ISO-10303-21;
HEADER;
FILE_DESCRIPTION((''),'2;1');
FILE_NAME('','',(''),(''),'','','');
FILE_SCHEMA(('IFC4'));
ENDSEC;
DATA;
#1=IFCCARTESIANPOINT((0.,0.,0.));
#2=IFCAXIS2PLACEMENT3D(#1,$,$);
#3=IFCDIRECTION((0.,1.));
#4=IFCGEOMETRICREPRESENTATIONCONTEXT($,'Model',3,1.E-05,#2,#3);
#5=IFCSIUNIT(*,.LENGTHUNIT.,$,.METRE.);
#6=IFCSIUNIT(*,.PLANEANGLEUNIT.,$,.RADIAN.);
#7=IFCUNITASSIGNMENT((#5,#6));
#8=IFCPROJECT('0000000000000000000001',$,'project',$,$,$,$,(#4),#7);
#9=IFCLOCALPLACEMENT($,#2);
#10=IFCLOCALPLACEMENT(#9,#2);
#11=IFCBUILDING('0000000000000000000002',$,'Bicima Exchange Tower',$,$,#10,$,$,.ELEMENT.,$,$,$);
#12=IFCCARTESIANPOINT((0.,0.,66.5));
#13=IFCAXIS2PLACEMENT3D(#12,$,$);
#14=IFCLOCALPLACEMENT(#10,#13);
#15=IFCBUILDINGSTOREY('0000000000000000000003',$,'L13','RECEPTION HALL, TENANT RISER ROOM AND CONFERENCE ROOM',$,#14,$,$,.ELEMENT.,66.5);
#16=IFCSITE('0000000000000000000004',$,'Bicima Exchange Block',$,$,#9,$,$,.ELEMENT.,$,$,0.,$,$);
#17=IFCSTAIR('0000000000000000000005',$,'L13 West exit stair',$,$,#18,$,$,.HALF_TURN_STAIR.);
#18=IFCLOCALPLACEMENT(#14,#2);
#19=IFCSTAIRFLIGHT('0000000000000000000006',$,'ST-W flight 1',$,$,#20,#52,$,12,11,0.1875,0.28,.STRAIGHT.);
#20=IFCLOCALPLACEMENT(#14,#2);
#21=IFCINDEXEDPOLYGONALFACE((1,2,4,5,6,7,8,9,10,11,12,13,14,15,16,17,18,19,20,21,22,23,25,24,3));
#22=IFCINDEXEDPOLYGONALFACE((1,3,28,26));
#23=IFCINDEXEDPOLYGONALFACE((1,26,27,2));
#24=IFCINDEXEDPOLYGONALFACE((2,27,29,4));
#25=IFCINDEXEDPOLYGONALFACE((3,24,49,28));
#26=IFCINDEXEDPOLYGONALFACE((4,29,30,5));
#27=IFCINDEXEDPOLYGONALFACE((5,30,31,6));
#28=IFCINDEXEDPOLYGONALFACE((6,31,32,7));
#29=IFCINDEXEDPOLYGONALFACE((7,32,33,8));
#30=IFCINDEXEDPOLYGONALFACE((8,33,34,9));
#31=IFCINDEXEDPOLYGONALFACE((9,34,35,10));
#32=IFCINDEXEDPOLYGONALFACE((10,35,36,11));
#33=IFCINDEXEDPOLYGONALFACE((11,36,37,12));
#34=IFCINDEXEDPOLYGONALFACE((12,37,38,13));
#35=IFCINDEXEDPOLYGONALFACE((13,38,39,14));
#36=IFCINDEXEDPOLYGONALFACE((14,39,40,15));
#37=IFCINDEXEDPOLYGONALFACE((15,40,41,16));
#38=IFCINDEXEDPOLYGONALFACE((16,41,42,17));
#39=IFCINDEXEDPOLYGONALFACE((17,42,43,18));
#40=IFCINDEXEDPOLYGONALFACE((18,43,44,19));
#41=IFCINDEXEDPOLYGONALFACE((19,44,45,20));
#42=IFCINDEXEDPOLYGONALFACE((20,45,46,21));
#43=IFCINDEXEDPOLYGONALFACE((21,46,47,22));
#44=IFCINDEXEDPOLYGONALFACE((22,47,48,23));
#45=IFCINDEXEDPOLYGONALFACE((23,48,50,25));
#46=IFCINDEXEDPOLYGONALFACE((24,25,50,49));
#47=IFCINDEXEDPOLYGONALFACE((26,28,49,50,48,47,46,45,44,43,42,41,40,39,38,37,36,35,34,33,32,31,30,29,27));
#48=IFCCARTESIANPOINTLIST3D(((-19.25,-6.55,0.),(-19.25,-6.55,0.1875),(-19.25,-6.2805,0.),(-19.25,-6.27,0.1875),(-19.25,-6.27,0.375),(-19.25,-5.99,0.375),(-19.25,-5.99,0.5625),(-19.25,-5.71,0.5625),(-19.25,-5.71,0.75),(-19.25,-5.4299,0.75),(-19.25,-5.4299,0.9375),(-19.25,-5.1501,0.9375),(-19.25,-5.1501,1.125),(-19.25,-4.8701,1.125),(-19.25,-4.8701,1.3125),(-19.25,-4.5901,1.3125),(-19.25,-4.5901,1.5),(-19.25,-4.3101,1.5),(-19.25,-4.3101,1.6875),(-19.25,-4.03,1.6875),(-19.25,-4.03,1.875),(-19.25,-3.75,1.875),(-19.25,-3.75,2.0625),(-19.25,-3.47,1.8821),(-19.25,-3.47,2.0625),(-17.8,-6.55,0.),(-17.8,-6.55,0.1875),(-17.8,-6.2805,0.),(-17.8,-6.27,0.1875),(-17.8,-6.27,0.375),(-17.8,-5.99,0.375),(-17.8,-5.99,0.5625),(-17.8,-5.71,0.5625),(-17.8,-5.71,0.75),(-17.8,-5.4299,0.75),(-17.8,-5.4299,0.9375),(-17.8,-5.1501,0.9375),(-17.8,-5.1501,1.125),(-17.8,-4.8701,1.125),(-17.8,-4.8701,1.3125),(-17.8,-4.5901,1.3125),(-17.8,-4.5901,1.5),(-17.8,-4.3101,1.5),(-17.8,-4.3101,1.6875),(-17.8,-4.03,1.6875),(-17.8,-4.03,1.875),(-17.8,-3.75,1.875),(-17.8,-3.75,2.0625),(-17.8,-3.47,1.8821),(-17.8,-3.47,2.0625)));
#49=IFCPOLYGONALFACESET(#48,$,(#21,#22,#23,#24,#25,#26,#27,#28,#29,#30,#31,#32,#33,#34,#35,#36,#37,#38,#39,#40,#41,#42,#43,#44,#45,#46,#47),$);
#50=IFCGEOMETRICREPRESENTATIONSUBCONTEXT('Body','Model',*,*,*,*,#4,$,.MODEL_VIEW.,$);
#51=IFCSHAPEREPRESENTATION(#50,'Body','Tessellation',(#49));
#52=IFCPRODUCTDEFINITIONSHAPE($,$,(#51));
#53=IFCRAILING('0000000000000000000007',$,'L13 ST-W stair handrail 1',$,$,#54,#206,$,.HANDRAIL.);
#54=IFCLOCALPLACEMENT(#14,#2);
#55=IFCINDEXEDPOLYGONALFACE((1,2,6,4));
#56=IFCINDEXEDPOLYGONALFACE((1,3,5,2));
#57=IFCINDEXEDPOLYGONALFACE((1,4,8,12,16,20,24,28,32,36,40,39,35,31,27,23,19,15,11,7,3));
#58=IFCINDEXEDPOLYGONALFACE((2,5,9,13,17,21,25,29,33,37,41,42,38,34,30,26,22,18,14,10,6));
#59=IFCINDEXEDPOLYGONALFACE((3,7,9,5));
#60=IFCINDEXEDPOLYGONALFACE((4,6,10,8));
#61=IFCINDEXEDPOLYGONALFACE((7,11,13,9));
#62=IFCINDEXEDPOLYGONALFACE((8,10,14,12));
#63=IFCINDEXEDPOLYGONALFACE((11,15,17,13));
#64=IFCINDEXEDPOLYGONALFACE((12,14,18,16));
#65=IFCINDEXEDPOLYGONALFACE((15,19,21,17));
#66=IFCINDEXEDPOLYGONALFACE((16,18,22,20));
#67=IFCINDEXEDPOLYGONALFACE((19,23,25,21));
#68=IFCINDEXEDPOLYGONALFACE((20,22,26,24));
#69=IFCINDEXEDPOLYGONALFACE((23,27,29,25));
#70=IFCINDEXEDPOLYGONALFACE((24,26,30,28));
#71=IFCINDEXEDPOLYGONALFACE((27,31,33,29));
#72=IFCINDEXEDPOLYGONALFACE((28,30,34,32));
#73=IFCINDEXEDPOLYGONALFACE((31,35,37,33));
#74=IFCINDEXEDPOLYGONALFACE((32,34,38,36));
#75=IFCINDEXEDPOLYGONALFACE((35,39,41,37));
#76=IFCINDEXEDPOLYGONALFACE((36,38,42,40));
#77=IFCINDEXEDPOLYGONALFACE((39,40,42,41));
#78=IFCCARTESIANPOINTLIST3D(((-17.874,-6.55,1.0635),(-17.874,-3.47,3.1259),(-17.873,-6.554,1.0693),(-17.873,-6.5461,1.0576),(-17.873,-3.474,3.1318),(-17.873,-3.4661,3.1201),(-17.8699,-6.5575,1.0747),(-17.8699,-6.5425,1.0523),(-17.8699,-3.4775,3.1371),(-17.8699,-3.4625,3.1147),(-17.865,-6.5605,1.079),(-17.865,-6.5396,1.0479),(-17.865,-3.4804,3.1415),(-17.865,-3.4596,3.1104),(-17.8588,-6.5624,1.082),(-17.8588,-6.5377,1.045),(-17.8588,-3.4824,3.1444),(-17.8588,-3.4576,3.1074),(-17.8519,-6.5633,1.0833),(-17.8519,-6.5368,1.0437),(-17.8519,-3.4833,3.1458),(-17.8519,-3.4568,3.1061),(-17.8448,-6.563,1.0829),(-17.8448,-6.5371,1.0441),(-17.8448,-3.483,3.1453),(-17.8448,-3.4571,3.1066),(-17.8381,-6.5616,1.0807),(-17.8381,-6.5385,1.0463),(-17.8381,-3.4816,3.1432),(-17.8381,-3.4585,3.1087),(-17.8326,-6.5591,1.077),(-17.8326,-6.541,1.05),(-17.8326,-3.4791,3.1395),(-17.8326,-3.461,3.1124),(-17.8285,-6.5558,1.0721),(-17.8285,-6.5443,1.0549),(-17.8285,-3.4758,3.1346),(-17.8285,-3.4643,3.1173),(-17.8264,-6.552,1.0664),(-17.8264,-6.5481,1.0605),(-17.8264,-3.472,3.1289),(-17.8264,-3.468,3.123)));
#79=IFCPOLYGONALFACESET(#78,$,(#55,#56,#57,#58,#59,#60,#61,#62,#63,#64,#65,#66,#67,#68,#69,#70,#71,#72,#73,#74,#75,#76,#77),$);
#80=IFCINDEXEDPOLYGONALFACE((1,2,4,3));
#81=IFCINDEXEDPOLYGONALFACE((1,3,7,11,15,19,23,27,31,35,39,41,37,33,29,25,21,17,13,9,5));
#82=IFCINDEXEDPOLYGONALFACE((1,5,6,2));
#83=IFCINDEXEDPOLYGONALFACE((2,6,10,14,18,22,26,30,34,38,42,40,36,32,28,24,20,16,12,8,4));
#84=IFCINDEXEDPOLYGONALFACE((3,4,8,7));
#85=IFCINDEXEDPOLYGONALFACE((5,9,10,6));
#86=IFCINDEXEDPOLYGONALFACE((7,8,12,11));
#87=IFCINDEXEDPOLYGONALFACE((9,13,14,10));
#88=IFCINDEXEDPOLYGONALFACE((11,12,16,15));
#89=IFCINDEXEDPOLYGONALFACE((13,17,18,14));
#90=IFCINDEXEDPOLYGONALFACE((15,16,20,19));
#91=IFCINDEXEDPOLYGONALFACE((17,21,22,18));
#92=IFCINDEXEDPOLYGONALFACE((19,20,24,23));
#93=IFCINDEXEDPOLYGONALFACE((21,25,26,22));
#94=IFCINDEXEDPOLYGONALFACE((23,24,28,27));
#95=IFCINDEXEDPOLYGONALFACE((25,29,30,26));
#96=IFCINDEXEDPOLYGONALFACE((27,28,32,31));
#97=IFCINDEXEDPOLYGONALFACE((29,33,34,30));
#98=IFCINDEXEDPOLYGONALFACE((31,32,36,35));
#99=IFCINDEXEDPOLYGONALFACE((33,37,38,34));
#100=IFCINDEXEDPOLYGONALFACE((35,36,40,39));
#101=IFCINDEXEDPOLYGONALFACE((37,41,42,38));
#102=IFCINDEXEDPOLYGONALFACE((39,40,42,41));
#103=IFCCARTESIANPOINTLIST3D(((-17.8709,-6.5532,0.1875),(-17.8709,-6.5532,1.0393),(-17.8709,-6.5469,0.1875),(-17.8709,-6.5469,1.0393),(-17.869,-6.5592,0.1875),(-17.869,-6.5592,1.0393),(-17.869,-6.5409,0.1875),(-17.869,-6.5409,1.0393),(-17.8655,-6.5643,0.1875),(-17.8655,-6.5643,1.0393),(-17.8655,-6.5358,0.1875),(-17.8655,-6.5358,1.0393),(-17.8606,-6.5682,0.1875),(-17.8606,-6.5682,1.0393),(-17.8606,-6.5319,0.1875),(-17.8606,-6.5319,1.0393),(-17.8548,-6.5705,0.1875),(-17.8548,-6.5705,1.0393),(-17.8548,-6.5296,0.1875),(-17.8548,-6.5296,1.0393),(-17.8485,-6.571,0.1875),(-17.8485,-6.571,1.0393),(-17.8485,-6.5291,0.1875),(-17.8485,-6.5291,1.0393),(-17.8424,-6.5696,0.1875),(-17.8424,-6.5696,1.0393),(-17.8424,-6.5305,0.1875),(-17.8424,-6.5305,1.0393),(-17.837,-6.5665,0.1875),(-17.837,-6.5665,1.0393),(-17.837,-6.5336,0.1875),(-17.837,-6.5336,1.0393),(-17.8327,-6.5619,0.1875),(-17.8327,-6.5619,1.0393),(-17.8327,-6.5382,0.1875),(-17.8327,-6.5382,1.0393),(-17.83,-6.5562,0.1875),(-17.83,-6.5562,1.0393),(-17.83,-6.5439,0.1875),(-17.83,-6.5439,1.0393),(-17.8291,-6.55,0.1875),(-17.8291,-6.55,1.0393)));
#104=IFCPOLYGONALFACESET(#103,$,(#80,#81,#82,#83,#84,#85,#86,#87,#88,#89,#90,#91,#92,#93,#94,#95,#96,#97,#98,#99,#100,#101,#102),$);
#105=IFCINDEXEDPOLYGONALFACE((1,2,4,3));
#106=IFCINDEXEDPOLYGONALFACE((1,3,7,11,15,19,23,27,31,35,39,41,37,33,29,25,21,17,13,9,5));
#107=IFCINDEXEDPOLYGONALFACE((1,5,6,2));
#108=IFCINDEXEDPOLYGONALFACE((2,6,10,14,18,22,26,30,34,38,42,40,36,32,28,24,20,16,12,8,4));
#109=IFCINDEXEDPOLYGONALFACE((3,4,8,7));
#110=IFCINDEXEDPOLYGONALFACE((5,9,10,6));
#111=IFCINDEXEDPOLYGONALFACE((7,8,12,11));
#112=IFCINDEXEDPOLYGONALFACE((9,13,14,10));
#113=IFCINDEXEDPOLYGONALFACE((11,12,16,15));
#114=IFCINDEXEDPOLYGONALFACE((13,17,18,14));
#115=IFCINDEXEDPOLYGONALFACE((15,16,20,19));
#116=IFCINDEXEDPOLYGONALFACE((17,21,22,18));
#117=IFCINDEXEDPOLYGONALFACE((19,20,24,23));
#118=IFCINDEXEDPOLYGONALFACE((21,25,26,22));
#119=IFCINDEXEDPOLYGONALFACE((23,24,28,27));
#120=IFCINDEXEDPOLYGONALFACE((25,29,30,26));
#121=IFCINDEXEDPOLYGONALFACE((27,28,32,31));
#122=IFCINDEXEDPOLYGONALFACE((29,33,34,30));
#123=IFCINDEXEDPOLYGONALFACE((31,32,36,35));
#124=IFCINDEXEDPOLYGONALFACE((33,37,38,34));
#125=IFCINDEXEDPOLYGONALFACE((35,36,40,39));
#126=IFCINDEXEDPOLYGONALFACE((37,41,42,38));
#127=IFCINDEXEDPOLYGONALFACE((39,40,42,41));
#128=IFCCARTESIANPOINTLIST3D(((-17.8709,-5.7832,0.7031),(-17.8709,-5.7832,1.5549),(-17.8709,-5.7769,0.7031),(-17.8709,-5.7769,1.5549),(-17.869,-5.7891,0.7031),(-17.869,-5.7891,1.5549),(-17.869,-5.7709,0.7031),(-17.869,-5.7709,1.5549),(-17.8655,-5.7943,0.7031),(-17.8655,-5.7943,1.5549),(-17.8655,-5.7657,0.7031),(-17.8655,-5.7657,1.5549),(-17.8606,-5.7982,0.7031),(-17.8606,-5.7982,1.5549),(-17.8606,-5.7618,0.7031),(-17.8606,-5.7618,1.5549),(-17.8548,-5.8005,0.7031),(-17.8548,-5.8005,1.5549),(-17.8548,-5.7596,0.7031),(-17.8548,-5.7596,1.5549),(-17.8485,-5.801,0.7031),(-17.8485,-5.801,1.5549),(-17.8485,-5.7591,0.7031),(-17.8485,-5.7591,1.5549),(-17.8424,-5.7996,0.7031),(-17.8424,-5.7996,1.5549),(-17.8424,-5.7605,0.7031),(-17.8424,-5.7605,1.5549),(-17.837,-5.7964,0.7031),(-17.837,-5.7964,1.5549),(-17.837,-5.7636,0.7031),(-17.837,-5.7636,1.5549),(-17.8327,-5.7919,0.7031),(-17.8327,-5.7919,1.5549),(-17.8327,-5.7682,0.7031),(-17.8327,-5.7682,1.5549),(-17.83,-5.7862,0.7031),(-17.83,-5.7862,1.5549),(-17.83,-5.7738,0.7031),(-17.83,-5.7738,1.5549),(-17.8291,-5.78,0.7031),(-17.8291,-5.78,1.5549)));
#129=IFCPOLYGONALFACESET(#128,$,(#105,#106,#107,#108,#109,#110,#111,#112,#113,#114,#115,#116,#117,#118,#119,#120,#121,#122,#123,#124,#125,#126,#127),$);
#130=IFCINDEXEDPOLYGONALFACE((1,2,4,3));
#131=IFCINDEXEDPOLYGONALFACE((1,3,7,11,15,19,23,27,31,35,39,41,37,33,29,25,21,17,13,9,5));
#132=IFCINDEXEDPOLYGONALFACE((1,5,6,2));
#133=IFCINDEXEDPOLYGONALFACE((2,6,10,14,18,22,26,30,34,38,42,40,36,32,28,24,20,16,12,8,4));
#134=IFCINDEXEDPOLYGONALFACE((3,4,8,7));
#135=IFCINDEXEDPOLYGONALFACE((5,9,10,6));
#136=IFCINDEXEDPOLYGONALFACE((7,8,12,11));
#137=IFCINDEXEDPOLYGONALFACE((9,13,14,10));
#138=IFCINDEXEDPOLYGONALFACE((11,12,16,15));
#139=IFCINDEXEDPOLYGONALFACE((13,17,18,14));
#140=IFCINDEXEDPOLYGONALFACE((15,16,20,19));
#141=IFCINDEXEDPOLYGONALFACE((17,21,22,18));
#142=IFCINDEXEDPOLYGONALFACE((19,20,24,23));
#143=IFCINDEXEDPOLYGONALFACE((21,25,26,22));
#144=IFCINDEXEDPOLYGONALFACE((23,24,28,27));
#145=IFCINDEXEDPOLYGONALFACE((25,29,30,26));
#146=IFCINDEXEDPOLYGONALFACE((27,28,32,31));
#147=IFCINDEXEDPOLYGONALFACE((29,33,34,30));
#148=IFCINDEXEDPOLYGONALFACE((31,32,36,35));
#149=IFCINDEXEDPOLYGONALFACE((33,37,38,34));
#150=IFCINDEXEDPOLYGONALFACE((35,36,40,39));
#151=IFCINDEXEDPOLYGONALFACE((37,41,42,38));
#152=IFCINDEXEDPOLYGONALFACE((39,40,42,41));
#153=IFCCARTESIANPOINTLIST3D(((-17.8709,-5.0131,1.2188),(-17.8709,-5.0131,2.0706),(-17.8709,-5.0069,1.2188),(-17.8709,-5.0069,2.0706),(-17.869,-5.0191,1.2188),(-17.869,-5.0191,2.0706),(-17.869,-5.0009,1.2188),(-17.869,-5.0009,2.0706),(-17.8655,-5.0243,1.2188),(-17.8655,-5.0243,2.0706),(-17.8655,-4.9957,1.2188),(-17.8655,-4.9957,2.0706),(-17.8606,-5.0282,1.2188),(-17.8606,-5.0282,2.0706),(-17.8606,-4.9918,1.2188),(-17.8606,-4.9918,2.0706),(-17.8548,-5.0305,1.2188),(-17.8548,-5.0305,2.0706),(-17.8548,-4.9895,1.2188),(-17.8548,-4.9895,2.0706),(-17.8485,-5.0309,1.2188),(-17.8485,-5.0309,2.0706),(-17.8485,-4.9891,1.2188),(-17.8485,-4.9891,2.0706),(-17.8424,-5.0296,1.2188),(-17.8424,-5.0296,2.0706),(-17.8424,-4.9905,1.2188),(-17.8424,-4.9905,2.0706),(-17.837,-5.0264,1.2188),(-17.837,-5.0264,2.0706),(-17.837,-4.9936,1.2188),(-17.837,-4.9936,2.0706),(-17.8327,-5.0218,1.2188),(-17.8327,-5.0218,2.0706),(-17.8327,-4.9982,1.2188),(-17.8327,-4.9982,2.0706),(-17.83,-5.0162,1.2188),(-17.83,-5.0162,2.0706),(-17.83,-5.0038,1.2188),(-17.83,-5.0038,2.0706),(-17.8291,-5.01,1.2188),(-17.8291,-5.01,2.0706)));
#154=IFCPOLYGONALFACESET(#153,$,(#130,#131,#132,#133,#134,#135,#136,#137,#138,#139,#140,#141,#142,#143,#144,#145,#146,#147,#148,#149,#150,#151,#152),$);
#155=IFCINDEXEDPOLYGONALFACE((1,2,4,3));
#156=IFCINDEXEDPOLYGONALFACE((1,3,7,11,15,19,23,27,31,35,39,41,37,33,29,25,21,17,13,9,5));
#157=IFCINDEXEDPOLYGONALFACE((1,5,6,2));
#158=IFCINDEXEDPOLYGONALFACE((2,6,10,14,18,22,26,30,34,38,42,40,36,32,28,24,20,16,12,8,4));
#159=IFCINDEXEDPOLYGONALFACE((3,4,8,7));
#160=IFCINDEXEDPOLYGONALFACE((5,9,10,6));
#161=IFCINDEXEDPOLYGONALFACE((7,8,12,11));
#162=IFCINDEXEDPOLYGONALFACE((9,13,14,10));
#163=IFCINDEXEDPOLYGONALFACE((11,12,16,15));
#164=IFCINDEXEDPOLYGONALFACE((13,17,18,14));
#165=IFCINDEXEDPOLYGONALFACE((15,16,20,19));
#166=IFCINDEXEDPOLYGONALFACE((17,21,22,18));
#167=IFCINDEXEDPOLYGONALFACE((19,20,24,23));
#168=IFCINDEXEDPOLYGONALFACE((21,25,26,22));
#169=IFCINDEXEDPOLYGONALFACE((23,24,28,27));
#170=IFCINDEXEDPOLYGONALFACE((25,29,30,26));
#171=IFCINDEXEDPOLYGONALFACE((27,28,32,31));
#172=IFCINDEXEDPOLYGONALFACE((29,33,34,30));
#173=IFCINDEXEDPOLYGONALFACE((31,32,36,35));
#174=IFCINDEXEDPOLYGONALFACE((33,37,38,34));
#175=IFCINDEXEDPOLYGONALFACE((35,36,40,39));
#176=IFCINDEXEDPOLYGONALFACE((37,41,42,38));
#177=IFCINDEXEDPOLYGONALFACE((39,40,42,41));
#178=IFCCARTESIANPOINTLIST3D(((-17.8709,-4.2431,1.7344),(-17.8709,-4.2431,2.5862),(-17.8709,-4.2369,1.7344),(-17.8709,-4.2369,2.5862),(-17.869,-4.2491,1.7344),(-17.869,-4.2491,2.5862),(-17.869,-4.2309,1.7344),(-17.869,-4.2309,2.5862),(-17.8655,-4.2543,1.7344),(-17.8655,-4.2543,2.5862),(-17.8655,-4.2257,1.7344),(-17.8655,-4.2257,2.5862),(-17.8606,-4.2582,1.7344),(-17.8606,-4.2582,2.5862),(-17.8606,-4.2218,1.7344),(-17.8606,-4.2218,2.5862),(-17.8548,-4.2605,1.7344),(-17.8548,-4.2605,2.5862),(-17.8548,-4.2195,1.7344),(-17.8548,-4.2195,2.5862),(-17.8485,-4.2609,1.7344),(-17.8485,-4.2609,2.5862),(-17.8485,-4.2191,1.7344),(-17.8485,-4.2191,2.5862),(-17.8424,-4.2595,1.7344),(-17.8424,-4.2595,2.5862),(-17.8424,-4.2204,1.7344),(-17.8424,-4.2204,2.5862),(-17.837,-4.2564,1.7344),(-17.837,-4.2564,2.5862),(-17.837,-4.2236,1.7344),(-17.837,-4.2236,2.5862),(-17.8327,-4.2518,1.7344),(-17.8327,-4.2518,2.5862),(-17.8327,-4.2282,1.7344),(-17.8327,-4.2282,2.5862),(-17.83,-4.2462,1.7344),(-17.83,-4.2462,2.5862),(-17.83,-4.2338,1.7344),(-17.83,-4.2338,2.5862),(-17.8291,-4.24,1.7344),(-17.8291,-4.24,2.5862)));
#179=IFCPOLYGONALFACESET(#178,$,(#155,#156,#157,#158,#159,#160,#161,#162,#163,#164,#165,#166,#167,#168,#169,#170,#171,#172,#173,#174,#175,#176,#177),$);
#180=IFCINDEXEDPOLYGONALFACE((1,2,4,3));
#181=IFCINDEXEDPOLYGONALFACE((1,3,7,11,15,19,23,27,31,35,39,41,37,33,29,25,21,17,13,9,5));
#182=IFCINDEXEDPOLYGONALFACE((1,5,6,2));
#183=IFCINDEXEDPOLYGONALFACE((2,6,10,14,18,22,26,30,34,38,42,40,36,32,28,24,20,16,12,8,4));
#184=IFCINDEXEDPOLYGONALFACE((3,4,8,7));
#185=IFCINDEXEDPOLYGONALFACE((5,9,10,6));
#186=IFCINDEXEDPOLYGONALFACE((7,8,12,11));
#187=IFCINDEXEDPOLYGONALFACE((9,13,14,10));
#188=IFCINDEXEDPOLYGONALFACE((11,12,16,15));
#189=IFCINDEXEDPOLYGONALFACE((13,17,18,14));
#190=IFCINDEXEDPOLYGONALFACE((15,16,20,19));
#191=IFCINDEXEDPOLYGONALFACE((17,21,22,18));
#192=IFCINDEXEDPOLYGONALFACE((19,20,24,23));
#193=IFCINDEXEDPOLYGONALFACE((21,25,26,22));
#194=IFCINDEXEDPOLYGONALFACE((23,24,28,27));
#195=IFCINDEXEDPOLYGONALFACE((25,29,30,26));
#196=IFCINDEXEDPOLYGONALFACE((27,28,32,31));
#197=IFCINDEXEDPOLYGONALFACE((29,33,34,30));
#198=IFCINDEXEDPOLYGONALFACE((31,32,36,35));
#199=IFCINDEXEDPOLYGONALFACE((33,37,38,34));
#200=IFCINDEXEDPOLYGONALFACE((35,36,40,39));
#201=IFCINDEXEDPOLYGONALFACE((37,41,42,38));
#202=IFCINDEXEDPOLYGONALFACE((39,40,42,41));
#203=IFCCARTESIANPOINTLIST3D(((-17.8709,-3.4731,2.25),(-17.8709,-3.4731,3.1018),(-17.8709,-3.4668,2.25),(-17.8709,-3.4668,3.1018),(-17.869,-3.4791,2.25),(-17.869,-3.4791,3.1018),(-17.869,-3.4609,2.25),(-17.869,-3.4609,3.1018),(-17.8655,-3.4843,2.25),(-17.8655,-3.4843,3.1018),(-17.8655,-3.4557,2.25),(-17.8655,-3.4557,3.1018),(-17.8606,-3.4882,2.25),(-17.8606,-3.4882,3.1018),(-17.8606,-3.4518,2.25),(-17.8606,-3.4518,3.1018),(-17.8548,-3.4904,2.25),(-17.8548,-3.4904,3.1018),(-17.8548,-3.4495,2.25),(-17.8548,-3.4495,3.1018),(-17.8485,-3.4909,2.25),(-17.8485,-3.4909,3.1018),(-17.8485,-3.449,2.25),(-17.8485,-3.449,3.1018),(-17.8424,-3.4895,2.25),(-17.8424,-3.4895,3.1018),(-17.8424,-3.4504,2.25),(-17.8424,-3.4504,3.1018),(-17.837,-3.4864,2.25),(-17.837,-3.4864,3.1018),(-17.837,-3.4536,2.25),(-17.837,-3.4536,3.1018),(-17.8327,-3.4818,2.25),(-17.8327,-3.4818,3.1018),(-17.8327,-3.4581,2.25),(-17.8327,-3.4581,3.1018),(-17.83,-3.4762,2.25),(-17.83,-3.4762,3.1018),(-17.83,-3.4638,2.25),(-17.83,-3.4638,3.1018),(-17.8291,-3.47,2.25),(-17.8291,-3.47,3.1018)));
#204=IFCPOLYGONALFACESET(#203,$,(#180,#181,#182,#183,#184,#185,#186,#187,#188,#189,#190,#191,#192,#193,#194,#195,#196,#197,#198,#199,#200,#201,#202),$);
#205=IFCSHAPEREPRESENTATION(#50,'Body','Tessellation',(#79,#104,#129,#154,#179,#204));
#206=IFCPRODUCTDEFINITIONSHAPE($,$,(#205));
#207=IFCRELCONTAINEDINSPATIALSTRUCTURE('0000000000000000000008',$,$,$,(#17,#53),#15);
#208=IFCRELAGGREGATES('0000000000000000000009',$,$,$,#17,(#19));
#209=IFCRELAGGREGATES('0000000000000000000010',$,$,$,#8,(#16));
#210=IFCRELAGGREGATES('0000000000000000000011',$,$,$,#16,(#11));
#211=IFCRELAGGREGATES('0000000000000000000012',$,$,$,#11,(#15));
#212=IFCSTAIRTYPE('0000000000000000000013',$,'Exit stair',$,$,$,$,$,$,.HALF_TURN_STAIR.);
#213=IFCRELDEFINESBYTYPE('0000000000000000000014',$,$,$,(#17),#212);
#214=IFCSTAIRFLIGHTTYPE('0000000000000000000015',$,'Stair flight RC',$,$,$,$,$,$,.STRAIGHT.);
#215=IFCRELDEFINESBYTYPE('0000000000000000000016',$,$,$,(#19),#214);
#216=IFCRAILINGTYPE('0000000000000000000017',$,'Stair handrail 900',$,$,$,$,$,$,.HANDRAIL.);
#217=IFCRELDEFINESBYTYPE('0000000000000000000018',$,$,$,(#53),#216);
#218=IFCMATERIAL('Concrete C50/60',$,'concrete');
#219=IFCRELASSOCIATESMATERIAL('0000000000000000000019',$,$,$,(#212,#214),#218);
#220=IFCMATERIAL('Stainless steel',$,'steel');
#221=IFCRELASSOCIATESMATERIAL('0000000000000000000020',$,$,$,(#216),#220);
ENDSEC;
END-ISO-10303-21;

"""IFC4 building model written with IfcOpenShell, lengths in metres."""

from ifc_helpers import new_model, si_unit, direction, frame, origin, origin_2d, place, context, subcontext, project, spatial, polyline, circle, outline, extrude, material, type_object, element, aggregate, save


model = new_model("IFC4")

# Units and contexts
model_context = context("Model", 3, precision=1e-05, world=origin(), true_north=direction((0.0, 1.0)))
body_context = subcontext(model_context, "Body", "Model", "MODEL_VIEW")
ifc_project = project(units=[si_unit("LENGTHUNIT", "METRE"), si_unit("PLANEANGLEUNIT", "RADIAN")], contexts=[model_context])

# Site, building, storey
site_placement = place(None, origin())
site = spatial("IfcSite", under=ifc_project, at=site_placement, Name="Bicima Exchange Block", CompositionType="ELEMENT", RefElevation=0.0)
building_placement = place(site_placement, origin())
building = spatial("IfcBuilding", under=site, at=building_placement, Name="Bicima Exchange Tower", CompositionType="ELEMENT")
storey_placement = place(building_placement, frame((0.0, 0.0, 66.5)))
storey = spatial("IfcBuildingStorey", under=building, at=storey_placement, Name="L13", Description="RECEPTION HALL, TENANT RISER ROOM AND CONFERENCE ROOM", CompositionType="ELEMENT", Elevation=66.5)

# Shared definitions
ifc_material_1 = material(Name="Concrete C50/60", Category="concrete")

# Shared definitions
ifc_material_2 = material(Name="Stainless steel", Category="steel")

# Stair, stair flight
stair_type = type_object("IfcStairType", Name="Exit stair", PredefinedType="HALF_TURN_STAIR", material=ifc_material_1)
stair_placement = place(storey_placement, origin())
stair = element("IfcStair", 1, at=stair_placement, inside=storey, type_object=stair_type, Name="L13 West exit stair", PredefinedType="HALF_TURN_STAIR")
stair_flight_type = type_object("IfcStairFlightType", Name="Stair flight RC", PredefinedType="STRAIGHT", material=ifc_material_1)
stair_flight_placement = place(storey_placement, frame((-18.5249, -6.55, 0.0), z_axis=(0.0, 0.0, 1.0), x_axis=(0.0, 1.0, 0.0)))
stair_flight = element("IfcStairFlight", 2, at=stair_flight_placement, type_object=stair_flight_type, Name="ST-W flight 1", NumberOfRisers=12, NumberOfTreads=11, PredefinedType="STRAIGHT", RiserHeight=0.1875, TreadLength=0.28, context=body_context, shape_type="SweptSolid", body=[
    extrude(outline(polyline([(0.0, 0.0), (0.0, 0.1875), (0.28, 0.1875), (0.28, 0.375), (0.5601, 0.375), (0.5601, 0.5625), (0.8401, 0.5625), (0.8401, 0.75), (1.1201, 0.75), (1.1201, 0.9375), (1.3999, 0.9375), (1.3999, 1.125), (1.6799, 1.125), (1.6799, 1.3125), (1.96, 1.3125), (1.96, 1.5), (2.24, 1.5), (2.24, 1.6875), (2.52, 1.6875), (2.52, 1.875), (2.8, 1.875), (2.8, 2.0625), (3.0801, 2.0625), (3.0801, 2.25), (3.0801, 1.8821), (0.2695, 0.0), (0.0, 0.0)])), frame((0.0, 0.7251, 0.0), z_axis=(0.0, -1.0, 0.0), x_axis=(1.0, 0.0, 0.0)), (0.0, 0.0, 1.0), 1.45),
])
aggregate(stair, [stair_flight])

# Railing
railing_type_1 = type_object("IfcRailingType", Name="Stair handrail 900", PredefinedType="HANDRAIL", material=ifc_material_2)
railing_1_placement = place(storey_placement, frame((-17.8501, -6.55, 0.1875)))
element("IfcRailing", 3, at=railing_1_placement, inside=storey, type_object=railing_type_1, Name="L13 ST-W stair handrail 1", PredefinedType="HANDRAIL", context=body_context, shape_type="SweptSolid", body=[
    extrude(circle(Radius=0.0239, at=origin_2d()), frame((0.0, 0.0, 0.876), z_axis=(0.0, 0.830914, 0.556401), x_axis=(-1.0, 0.0, 0.0)), (0.0, 0.0, 1.0), 3.7068),
    extrude(circle(Radius=0.021, at=origin_2d()), origin(), (0.0, 0.0, 1.0), 0.8518),
    extrude(circle(Radius=0.021, at=origin_2d()), frame((0.0, 0.77, 0.5156)), (0.0, 0.0, 1.0), 0.8518),
    extrude(circle(Radius=0.021, at=origin_2d()), frame((0.0, 1.54, 1.0312)), (0.0, 0.0, 1.0), 0.8518),
    extrude(circle(Radius=0.021, at=origin_2d()), frame((0.0, 2.3101, 1.5469)), (0.0, 0.0, 1.0), 0.8518),
    extrude(circle(Radius=0.021, at=origin_2d()), frame((0.0, 3.0801, 2.0625)), (0.0, 0.0, 1.0), 0.8518),
])

save(model, "model.ifc")
